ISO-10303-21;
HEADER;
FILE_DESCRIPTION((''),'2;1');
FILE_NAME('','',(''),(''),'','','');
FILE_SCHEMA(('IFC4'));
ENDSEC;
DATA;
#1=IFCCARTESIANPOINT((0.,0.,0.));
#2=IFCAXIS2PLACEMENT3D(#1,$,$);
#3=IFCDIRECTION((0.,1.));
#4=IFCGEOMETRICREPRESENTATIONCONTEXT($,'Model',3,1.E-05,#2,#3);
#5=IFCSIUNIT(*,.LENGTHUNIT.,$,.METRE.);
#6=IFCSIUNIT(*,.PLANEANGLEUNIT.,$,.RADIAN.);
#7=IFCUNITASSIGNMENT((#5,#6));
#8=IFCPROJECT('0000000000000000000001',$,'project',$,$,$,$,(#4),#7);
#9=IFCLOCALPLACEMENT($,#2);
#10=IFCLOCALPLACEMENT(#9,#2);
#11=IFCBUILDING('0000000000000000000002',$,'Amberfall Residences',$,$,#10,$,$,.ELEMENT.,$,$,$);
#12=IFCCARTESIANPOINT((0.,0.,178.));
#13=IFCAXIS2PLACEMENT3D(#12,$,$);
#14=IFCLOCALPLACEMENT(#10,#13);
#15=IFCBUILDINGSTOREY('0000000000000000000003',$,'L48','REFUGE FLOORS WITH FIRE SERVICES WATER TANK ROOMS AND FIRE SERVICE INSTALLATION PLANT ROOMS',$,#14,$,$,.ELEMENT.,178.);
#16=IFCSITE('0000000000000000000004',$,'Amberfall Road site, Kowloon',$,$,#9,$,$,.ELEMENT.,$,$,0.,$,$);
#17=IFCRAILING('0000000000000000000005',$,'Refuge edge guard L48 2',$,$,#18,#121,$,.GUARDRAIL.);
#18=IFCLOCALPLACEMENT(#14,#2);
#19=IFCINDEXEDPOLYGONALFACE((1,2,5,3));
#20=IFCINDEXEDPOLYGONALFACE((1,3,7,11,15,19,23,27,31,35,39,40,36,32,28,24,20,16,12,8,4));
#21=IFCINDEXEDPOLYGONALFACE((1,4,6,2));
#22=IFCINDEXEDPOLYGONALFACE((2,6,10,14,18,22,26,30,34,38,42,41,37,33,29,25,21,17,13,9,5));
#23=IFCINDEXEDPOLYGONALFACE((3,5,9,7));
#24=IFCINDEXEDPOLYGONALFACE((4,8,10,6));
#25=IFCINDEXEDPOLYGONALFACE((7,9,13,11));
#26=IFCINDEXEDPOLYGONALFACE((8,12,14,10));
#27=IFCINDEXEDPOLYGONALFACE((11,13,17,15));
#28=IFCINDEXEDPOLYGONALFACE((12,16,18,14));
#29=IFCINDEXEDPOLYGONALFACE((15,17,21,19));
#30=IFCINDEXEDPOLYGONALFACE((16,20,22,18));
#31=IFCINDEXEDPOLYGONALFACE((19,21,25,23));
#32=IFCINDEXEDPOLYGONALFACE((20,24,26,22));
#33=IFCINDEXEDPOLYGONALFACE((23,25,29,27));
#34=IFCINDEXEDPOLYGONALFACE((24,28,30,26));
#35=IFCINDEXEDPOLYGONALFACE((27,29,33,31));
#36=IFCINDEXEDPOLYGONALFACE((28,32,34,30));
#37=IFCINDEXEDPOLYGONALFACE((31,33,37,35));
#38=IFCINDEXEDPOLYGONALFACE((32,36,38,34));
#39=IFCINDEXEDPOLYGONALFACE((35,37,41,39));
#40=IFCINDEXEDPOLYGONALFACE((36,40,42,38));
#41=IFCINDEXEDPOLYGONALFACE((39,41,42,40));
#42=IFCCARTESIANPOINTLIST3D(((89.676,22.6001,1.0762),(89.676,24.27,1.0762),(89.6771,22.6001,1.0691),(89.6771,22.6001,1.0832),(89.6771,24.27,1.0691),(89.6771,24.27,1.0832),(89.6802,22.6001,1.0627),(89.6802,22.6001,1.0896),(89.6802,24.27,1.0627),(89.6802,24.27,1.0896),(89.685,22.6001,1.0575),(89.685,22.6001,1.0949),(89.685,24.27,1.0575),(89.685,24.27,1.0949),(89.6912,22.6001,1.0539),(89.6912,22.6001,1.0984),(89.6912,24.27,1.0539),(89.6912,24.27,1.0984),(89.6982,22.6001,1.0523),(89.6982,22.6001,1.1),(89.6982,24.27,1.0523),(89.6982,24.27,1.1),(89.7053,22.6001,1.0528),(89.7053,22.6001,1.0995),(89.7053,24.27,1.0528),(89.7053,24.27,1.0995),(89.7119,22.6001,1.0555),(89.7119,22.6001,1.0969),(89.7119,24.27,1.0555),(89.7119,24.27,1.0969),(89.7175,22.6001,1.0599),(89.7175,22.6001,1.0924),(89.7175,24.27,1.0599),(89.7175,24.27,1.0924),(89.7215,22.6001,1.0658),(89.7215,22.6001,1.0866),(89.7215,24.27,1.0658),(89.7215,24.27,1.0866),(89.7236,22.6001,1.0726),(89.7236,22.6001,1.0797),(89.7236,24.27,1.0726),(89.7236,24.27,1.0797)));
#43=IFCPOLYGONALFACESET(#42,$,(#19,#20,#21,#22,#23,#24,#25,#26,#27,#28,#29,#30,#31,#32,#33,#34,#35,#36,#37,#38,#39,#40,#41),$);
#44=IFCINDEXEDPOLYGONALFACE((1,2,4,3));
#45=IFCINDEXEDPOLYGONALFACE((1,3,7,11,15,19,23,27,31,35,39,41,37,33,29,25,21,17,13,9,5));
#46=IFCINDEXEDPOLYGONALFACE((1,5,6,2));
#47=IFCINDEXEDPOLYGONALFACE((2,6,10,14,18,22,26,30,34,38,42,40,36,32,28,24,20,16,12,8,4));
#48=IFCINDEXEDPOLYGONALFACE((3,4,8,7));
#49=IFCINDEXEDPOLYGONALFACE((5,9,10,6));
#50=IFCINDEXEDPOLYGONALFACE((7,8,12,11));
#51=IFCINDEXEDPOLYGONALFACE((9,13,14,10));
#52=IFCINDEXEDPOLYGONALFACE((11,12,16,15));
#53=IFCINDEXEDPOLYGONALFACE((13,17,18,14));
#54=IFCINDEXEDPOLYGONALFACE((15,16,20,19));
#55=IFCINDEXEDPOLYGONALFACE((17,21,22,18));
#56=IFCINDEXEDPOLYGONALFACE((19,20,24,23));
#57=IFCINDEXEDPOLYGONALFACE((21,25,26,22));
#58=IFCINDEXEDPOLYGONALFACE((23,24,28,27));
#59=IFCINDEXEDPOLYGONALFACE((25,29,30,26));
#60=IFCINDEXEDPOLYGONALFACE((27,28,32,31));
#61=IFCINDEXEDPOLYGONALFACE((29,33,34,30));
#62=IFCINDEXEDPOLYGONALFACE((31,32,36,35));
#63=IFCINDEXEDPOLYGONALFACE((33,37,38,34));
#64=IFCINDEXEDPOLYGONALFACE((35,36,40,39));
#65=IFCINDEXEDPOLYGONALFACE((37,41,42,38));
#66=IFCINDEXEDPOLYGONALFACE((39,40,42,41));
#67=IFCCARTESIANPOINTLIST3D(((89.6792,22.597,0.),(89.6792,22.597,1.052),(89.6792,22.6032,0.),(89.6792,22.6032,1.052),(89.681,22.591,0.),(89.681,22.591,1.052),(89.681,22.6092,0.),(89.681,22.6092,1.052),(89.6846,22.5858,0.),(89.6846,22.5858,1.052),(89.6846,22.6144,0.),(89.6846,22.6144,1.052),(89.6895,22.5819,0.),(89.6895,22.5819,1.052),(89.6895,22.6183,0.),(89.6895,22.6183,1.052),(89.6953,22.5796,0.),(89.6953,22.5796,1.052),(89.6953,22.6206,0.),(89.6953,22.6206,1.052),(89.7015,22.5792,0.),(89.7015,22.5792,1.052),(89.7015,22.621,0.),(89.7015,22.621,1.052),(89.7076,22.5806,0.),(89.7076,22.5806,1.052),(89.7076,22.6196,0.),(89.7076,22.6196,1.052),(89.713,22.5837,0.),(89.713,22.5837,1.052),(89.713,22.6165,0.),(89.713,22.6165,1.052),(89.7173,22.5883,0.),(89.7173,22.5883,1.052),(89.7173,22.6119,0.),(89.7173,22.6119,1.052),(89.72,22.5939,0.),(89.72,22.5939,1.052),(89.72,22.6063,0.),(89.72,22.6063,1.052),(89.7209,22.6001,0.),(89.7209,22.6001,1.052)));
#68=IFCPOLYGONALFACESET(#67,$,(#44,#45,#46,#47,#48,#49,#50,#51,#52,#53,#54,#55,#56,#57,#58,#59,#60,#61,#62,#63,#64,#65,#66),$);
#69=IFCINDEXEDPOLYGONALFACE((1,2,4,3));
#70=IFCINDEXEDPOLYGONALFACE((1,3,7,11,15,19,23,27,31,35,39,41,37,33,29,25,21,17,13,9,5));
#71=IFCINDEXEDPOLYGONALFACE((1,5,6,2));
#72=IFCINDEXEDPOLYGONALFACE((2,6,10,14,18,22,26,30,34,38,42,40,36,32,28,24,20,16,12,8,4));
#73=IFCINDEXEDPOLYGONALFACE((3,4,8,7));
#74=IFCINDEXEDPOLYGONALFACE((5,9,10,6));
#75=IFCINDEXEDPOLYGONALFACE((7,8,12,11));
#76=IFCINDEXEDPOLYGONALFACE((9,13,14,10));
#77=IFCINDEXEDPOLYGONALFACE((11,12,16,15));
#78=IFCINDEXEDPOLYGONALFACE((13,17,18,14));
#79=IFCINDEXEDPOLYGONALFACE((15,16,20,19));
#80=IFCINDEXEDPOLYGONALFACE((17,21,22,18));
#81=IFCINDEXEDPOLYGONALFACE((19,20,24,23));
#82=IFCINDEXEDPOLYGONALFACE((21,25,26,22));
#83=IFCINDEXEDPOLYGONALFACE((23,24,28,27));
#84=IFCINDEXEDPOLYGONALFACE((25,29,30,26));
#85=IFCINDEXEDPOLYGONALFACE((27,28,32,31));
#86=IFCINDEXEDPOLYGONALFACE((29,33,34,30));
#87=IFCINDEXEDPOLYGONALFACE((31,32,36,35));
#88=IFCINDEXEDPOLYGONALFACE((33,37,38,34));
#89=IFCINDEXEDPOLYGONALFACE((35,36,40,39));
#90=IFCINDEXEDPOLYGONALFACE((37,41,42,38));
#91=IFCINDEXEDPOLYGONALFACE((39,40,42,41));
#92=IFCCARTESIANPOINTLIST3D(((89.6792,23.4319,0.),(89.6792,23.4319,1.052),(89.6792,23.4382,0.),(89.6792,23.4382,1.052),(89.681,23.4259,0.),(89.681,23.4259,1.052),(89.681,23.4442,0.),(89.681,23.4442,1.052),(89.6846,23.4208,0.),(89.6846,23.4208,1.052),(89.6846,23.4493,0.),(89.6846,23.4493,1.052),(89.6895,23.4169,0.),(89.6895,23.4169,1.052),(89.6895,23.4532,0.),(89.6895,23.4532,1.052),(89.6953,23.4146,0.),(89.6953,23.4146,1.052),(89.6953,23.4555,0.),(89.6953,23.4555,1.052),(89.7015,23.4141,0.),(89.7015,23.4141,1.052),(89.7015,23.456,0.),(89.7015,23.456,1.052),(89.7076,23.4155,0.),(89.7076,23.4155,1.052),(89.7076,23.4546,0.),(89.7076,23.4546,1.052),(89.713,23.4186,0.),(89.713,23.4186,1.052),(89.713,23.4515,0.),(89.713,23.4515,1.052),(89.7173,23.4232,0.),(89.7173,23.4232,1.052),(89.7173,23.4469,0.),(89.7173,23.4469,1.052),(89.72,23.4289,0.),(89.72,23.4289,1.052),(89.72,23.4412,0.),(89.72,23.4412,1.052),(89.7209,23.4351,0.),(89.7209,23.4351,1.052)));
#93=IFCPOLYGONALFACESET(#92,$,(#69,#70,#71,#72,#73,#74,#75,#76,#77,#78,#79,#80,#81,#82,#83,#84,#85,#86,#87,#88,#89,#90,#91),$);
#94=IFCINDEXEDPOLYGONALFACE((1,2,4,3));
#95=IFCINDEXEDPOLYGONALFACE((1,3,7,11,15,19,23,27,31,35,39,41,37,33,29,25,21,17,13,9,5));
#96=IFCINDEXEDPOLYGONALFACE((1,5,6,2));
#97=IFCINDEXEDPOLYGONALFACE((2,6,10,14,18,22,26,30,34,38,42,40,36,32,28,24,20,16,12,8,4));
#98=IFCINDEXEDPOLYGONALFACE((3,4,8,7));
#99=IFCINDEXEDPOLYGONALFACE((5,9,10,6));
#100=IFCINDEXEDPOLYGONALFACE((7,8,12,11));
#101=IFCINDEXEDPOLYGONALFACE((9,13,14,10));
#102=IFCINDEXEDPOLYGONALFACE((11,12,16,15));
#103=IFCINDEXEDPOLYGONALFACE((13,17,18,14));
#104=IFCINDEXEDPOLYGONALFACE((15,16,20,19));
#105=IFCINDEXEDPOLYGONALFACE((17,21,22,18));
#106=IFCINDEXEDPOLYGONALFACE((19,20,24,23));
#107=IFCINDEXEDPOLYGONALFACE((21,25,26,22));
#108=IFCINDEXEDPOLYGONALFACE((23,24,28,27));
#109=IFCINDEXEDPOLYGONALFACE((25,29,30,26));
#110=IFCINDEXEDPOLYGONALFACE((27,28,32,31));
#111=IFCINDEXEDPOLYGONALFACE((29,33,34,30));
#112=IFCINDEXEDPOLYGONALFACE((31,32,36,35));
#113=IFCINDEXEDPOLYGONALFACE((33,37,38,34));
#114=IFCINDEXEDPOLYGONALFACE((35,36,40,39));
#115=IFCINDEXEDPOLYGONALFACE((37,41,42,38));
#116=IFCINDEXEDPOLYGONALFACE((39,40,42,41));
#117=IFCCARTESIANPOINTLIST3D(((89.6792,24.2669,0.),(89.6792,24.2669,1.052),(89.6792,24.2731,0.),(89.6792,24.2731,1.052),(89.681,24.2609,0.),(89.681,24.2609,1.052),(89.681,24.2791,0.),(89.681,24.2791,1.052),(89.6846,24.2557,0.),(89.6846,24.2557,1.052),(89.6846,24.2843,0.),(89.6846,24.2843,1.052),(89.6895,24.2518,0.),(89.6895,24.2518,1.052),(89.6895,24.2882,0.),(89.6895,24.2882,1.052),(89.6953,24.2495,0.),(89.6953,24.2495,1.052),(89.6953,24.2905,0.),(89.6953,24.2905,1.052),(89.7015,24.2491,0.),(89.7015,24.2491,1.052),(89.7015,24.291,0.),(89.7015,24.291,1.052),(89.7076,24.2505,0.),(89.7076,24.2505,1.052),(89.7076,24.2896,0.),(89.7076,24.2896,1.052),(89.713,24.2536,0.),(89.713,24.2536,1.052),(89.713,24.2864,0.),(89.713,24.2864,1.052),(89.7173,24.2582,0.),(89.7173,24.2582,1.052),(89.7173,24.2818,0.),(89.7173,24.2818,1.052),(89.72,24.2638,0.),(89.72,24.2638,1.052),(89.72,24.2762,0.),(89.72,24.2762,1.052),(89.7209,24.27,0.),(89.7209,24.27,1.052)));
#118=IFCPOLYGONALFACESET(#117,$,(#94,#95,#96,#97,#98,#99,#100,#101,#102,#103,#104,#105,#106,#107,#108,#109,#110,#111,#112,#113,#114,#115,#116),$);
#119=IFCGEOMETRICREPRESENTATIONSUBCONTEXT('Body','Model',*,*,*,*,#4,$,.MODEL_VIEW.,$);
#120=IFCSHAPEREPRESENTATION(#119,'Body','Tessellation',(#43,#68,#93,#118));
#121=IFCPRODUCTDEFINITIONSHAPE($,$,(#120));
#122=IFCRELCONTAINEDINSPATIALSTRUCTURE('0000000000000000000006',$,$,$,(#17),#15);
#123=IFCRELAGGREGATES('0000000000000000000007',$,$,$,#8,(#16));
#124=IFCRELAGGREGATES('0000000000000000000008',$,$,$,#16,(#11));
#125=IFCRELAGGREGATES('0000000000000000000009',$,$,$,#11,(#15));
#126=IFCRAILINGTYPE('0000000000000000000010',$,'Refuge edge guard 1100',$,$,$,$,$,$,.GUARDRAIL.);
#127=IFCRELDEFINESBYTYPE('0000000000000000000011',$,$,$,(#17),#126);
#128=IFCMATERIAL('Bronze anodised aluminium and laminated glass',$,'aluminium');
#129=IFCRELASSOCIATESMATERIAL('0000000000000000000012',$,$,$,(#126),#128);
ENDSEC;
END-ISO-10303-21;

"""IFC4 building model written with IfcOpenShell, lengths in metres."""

from ifc_helpers import new_model, si_unit, direction, frame, origin, origin_2d, place, context, subcontext, project, spatial, circle, extrude, material, type_object, element, save


model = new_model("IFC4")

# Units and contexts
model_context = context("Model", 3, precision=1e-05, world=origin(), true_north=direction((0.0, 1.0)))
body_context = subcontext(model_context, "Body", "Model", "MODEL_VIEW")
ifc_project = project(units=[si_unit("LENGTHUNIT", "METRE"), si_unit("PLANEANGLEUNIT", "RADIAN")], contexts=[model_context])

# Site, building, storey
site_placement = place(None, origin())
site = spatial("IfcSite", under=ifc_project, at=site_placement, Name="Amberfall Road site, Kowloon", CompositionType="ELEMENT", RefElevation=0.0)
building_placement = place(site_placement, origin())
building = spatial("IfcBuilding", under=site, at=building_placement, Name="Amberfall Residences", CompositionType="ELEMENT")
storey_placement = place(building_placement, frame((0.0, 0.0, 178.0)))
storey = spatial("IfcBuildingStorey", under=building, at=storey_placement, Name="L48", Description="REFUGE FLOORS WITH FIRE SERVICES WATER TANK ROOMS AND FIRE SERVICE INSTALLATION PLANT ROOMS", CompositionType="ELEMENT", Elevation=178.0)

# Railing
ifc_material_1 = material(Name="Bronze anodised aluminium and laminated glass", Category="aluminium")
railing_type = type_object("IfcRailingType", Name="Refuge edge guard 1100", PredefinedType="GUARDRAIL", material=ifc_material_1)
railing_1_placement = place(storey_placement, frame((89.7, 22.6001, 0.0)))
element("IfcRailing", 1, at=railing_1_placement, inside=storey, type_object=railing_type, Name="Refuge edge guard L48 2", PredefinedType="GUARDRAIL", context=body_context, shape_type="SweptSolid", body=[
    extrude(circle(Radius=0.0239, at=origin_2d()), frame((0.0, 0.0, 1.0762), z_axis=(0.0, 1.0, 0.0), x_axis=(-1.0, 0.0, 0.0)), (0.0, 0.0, 1.0), 1.6699),
    extrude(circle(Radius=0.021, at=origin_2d()), origin(), (0.0, 0.0, 1.0), 1.052),
    extrude(circle(Radius=0.021, at=origin_2d()), frame((0.0, 0.835, 0.0)), (0.0, 0.0, 1.0), 1.052),
    extrude(circle(Radius=0.021, at=origin_2d()), frame((0.0, 1.6699, 0.0)), (0.0, 0.0, 1.0), 1.052),
])

save(model, "model.ifc")
